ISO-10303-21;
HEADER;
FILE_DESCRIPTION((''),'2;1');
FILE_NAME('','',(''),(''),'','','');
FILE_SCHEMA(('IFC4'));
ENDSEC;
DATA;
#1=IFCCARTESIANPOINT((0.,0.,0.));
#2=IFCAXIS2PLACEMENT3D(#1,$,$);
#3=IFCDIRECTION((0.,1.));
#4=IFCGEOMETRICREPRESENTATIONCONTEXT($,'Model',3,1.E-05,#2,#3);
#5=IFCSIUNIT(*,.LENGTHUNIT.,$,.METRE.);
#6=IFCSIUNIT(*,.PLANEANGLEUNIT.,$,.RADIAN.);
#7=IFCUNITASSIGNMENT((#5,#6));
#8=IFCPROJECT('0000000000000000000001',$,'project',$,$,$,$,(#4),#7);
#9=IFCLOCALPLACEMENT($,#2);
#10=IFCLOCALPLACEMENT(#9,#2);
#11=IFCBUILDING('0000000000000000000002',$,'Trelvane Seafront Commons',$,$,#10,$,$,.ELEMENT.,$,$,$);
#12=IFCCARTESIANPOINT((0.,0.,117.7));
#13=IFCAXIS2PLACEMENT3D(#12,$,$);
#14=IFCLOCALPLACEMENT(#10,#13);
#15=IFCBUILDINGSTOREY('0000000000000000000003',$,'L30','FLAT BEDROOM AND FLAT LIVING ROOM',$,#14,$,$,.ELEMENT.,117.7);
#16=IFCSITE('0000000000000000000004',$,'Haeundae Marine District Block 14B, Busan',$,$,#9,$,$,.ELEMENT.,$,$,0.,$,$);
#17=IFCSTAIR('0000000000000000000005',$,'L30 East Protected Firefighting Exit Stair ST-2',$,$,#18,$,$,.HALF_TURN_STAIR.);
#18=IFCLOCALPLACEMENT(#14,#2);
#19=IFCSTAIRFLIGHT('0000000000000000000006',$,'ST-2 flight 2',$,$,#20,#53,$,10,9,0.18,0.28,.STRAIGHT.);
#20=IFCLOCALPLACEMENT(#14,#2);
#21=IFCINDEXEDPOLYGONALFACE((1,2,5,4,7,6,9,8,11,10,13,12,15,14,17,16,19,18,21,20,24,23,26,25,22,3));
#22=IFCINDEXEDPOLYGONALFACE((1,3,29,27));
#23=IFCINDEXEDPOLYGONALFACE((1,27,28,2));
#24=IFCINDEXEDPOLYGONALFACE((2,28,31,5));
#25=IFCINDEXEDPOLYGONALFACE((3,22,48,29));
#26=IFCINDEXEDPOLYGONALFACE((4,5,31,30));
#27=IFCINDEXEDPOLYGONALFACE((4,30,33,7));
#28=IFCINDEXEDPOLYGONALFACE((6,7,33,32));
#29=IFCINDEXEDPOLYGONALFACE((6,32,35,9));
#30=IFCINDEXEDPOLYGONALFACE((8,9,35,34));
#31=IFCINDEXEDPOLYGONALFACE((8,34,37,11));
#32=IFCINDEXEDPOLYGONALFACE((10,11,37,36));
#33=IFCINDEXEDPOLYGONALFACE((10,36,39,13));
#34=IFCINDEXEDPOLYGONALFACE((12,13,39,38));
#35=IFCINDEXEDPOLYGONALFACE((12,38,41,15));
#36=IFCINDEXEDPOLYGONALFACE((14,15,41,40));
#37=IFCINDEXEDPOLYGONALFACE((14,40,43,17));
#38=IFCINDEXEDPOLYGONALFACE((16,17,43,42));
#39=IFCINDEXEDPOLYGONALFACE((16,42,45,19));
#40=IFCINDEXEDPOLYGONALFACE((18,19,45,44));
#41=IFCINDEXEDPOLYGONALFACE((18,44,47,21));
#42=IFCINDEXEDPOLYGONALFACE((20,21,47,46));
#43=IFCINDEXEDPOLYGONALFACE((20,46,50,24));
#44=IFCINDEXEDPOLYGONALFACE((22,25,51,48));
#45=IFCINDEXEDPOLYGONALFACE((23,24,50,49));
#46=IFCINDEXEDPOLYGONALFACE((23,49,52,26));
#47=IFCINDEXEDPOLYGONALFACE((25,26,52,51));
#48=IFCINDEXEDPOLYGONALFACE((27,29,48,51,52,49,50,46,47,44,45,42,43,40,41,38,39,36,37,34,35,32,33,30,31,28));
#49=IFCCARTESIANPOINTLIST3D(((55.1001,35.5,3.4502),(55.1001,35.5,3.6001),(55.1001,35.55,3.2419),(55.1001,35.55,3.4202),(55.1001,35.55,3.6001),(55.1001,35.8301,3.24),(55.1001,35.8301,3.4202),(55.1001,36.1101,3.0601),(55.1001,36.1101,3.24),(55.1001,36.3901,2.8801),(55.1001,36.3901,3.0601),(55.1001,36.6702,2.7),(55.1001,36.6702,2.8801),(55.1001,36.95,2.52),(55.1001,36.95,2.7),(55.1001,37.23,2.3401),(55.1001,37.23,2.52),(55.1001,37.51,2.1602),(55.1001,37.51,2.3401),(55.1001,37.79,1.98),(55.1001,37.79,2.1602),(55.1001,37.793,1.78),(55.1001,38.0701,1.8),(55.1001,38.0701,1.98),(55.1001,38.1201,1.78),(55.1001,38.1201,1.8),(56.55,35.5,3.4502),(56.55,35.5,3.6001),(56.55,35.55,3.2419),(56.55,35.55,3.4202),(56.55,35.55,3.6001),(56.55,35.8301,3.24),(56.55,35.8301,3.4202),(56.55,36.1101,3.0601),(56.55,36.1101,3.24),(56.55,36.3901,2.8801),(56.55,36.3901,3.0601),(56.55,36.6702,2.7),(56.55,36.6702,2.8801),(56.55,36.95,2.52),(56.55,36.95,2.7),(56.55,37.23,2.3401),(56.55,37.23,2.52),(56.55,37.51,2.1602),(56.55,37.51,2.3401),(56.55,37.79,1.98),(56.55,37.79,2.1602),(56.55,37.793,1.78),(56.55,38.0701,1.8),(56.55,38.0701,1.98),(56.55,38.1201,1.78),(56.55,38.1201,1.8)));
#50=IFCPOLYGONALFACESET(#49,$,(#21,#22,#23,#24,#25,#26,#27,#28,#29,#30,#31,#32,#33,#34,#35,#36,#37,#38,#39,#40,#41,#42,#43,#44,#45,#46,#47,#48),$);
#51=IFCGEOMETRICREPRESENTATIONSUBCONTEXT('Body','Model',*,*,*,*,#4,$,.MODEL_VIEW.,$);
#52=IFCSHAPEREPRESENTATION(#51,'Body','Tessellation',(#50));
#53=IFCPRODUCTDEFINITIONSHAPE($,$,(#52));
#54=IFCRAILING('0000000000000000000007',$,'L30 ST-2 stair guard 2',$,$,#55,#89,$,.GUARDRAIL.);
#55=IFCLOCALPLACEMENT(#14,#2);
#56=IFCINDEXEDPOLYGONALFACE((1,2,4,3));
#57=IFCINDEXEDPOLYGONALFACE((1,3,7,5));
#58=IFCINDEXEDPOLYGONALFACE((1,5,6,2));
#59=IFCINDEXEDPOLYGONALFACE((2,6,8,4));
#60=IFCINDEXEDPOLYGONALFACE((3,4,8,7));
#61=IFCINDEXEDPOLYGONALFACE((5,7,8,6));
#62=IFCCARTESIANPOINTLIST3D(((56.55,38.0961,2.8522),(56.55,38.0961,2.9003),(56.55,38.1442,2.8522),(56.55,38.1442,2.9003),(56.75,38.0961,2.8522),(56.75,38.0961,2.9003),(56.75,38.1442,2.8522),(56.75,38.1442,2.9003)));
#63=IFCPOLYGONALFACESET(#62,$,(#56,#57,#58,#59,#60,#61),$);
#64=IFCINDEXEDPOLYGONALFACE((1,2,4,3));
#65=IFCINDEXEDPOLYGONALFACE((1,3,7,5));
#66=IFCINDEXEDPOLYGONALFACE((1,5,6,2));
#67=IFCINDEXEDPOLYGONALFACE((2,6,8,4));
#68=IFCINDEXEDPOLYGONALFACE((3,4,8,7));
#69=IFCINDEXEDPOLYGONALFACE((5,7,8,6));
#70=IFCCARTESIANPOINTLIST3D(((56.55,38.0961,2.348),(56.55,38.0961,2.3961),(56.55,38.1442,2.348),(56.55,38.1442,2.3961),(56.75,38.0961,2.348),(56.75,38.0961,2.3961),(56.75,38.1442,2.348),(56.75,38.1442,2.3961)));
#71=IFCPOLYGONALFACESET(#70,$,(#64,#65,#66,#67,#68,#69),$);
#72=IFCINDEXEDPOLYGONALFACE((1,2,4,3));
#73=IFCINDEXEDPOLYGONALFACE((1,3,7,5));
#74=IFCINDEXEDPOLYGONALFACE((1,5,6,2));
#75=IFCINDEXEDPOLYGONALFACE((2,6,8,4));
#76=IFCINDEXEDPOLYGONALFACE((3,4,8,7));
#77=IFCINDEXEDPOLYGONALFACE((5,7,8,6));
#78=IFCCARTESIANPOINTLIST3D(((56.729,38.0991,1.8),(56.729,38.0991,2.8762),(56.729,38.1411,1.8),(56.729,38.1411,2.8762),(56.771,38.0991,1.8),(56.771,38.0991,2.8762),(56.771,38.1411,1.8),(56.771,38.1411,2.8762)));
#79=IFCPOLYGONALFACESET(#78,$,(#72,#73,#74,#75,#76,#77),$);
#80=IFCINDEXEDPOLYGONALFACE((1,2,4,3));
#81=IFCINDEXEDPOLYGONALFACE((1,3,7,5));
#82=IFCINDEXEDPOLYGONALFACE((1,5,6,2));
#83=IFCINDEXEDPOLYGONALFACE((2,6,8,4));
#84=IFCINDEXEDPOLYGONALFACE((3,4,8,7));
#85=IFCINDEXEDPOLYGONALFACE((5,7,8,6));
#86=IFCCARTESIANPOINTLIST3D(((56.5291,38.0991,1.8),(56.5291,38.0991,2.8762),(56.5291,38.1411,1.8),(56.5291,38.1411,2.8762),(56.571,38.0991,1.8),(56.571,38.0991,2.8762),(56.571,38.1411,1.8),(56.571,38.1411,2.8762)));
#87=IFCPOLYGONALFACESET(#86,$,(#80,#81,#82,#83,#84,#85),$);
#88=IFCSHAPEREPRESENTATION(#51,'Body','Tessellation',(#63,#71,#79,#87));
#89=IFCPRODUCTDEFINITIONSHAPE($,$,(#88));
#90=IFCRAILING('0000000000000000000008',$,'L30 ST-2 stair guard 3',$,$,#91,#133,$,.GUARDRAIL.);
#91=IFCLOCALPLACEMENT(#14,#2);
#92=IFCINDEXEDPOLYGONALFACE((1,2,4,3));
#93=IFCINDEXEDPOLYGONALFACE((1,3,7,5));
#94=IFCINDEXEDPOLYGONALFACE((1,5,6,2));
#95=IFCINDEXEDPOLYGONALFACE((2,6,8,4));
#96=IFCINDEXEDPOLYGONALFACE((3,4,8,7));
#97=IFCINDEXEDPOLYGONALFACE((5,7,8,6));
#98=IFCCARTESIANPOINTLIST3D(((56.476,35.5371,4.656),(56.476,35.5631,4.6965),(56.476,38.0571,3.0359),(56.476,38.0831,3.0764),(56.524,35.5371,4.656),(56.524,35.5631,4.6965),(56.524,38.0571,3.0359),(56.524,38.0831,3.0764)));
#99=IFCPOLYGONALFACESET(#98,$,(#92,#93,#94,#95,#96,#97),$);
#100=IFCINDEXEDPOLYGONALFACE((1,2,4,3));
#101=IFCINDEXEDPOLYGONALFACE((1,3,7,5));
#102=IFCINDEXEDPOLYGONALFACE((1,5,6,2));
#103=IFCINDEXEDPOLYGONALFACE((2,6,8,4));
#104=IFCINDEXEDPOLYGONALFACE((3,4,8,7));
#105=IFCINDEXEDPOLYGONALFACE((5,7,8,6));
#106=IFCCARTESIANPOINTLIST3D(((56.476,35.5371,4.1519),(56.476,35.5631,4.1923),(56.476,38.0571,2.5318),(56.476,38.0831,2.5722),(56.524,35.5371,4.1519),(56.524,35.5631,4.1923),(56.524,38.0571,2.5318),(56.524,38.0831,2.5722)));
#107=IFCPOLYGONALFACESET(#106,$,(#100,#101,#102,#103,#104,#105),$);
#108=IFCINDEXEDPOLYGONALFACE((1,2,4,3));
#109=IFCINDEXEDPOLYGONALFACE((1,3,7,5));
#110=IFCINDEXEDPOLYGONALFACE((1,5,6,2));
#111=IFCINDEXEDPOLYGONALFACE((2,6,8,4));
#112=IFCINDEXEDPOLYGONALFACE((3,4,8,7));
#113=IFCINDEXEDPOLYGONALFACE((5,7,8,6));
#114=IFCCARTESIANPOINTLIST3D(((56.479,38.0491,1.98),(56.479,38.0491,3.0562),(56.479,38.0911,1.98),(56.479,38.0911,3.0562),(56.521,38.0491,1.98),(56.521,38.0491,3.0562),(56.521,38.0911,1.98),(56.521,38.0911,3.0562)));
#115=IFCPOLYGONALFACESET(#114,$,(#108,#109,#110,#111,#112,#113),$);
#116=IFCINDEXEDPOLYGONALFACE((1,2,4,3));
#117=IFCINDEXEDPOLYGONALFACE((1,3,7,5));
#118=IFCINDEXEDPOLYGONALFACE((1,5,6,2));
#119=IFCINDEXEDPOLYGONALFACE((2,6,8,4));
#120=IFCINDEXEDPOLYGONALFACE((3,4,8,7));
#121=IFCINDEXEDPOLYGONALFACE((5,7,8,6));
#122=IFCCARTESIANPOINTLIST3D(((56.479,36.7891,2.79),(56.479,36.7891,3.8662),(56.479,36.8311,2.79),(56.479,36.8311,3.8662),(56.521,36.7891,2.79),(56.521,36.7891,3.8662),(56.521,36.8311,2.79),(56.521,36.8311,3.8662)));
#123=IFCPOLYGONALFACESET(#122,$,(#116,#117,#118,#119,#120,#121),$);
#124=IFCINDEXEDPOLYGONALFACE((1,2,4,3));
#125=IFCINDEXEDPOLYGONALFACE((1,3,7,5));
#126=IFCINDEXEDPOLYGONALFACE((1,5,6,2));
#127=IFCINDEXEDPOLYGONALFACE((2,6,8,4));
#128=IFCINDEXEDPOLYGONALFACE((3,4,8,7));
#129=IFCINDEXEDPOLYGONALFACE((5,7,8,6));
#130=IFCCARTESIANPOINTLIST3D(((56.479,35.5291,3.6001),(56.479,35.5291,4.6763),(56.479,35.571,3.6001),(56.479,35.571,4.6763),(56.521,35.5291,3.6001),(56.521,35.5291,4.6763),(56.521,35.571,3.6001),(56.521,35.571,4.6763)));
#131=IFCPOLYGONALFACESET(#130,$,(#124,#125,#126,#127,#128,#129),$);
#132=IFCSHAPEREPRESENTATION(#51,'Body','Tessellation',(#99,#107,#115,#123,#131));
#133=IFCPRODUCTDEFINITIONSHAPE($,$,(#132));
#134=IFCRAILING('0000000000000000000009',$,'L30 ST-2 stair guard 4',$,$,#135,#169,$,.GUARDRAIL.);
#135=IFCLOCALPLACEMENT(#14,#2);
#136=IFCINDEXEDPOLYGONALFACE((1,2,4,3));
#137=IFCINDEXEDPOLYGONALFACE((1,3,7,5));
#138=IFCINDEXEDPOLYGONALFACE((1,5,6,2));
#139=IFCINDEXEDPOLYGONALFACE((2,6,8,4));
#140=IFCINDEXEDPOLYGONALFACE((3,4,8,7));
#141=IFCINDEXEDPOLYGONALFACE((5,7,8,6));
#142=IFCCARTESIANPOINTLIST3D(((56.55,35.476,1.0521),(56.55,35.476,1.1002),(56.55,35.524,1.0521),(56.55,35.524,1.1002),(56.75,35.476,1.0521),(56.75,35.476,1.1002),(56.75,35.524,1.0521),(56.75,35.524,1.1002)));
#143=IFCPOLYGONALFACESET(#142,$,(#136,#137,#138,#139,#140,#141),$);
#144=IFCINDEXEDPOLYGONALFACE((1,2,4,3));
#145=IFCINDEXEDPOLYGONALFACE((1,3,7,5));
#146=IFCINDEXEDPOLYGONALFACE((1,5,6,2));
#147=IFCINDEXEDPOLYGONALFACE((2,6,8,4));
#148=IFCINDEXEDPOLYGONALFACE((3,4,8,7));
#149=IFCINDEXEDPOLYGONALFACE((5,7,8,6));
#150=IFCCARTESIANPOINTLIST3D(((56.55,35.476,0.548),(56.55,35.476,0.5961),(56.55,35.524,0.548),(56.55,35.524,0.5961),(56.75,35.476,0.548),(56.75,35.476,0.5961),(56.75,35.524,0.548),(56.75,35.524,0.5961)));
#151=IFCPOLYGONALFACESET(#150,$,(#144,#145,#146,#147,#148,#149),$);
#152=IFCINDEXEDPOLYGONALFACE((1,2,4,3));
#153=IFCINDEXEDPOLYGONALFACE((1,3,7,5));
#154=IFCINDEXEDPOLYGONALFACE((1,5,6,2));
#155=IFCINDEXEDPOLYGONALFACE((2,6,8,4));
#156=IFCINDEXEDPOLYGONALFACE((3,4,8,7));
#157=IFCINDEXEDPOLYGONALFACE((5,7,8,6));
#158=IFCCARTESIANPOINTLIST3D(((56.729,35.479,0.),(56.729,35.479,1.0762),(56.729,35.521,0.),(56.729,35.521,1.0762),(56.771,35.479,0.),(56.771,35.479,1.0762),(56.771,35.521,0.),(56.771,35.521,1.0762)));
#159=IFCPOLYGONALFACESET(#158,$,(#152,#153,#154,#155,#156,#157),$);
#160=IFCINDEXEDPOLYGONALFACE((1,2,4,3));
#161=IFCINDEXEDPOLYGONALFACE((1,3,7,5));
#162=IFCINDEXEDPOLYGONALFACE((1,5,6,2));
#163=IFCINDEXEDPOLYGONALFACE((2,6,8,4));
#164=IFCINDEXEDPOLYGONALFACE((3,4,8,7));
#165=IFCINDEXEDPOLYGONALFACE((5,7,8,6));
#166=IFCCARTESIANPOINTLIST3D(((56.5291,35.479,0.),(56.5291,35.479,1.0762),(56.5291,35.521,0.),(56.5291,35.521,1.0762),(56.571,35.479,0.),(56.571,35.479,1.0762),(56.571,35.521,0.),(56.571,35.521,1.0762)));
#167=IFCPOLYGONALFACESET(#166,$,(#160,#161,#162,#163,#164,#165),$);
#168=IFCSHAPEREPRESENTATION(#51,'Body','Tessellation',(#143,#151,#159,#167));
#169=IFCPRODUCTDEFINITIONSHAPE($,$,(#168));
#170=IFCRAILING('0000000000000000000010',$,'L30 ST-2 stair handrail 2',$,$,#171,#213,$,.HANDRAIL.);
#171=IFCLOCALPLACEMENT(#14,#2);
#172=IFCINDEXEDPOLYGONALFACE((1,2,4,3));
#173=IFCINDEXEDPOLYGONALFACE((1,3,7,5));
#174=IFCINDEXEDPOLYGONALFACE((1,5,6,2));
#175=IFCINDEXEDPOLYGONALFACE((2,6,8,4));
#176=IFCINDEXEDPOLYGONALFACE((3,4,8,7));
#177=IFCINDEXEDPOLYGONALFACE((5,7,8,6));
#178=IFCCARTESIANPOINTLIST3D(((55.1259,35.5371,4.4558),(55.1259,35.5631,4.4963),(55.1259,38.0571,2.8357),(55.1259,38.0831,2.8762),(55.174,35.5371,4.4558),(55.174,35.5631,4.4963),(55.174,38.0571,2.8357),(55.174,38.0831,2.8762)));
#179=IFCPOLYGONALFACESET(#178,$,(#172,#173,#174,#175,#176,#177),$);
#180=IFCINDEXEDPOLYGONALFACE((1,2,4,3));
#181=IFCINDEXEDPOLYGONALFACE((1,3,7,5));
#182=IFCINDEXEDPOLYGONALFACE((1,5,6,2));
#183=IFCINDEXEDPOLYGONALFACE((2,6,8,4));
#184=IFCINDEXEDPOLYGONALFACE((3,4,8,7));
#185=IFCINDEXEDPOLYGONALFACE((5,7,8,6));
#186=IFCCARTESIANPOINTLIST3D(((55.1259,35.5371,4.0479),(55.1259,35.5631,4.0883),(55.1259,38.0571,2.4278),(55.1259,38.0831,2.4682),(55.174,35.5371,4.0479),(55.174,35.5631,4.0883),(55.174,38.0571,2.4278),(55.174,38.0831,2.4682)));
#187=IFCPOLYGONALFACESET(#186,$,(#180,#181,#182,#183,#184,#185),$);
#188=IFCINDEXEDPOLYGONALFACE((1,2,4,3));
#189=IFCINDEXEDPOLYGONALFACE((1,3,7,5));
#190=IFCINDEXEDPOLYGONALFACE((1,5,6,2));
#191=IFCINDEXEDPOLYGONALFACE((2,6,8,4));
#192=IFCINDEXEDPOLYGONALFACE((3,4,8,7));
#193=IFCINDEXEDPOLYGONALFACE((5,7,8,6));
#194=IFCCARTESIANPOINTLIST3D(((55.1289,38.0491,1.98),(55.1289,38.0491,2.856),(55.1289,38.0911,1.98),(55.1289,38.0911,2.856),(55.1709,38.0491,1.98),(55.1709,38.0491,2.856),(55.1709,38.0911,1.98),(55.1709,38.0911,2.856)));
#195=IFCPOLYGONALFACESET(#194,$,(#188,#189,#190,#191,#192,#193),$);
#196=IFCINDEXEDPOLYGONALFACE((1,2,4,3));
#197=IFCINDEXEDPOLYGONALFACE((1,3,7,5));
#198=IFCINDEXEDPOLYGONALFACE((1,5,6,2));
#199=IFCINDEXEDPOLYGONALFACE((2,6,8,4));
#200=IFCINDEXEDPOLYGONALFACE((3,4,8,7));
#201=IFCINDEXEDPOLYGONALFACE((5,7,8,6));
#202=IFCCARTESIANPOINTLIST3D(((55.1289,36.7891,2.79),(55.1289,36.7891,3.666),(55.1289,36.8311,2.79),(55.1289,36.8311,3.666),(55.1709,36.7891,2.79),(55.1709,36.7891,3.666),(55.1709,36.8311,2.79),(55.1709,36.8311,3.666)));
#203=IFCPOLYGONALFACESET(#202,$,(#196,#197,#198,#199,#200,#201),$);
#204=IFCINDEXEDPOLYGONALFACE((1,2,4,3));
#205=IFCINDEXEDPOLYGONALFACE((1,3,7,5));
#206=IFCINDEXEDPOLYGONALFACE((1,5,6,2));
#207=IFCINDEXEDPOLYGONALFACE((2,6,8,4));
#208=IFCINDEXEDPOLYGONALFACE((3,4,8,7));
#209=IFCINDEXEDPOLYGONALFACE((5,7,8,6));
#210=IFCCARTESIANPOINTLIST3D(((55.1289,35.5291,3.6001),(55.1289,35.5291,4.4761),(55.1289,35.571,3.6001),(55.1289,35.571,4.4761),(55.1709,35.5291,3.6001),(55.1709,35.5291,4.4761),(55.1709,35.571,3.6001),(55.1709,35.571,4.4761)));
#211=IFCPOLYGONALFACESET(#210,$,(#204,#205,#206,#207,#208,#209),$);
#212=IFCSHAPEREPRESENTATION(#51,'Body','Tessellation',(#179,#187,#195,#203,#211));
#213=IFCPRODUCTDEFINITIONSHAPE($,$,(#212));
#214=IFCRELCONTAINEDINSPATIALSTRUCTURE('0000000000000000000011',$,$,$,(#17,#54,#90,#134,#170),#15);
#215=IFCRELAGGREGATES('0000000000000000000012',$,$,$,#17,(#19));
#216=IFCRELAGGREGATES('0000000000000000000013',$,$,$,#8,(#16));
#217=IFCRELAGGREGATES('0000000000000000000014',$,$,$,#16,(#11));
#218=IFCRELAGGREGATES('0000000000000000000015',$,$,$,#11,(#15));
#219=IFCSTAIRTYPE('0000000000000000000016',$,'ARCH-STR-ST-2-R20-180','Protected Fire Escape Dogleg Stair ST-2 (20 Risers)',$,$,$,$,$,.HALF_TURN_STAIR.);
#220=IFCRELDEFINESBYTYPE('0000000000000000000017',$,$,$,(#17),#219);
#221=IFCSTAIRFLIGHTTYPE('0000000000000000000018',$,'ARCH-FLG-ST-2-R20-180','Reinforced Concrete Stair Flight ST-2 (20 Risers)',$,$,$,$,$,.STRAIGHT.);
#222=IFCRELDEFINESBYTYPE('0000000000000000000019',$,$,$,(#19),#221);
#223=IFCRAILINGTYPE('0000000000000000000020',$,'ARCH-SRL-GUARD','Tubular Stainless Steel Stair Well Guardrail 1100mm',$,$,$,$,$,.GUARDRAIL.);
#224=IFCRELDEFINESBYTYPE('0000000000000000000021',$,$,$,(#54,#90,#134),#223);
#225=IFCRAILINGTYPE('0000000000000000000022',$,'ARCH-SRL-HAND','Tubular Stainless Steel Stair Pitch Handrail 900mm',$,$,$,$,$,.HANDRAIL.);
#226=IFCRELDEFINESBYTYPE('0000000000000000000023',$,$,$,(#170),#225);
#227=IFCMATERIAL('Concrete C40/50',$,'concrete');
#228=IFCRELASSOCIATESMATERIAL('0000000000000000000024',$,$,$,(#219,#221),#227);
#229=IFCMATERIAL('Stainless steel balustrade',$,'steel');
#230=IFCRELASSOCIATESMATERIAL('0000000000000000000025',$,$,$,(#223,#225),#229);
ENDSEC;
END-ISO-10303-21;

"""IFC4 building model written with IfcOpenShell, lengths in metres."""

from ifc_helpers import new_model, si_unit, direction, frame, origin, origin_2d, place, context, subcontext, project, spatial, polyline, rectangle, outline, extrude, source, transform, mapped, material, type_object, element, aggregate, save


model = new_model("IFC4")

# Units and contexts
model_context = context("Model", 3, precision=1e-05, world=origin(), true_north=direction((0.0, 1.0)))
body_context = subcontext(model_context, "Body", "Model", "MODEL_VIEW")
ifc_project = project(units=[si_unit("LENGTHUNIT", "METRE"), si_unit("PLANEANGLEUNIT", "RADIAN")], contexts=[model_context])

# Site, building, storey
site_placement = place(None, origin())
site = spatial("IfcSite", under=ifc_project, at=site_placement, Name="Haeundae Marine District Block 14B, Busan", CompositionType="ELEMENT", RefElevation=0.0)
building_placement = place(site_placement, origin())
building = spatial("IfcBuilding", under=site, at=building_placement, Name="Trelvane Seafront Commons", CompositionType="ELEMENT")
storey_placement = place(building_placement, frame((0.0, 0.0, 117.7)))
storey = spatial("IfcBuildingStorey", under=building, at=storey_placement, Name="L30", Description="FLAT BEDROOM AND FLAT LIVING ROOM", CompositionType="ELEMENT", Elevation=117.7)

# Shared definitions
ifc_material_1 = material(Name="Concrete C40/50", Category="concrete")

# Stair, stair flight
stair_type = type_object("IfcStairType", Name="ARCH-STR-ST-2-R20-180", Description="Protected Fire Escape Dogleg Stair ST-2 (20 Risers)", PredefinedType="HALF_TURN_STAIR", material=ifc_material_1)
stair_placement = place(storey_placement, origin())
stair = element("IfcStair", 1, at=stair_placement, inside=storey, type_object=stair_type, Name="L30 East Protected Firefighting Exit Stair ST-2", PredefinedType="HALF_TURN_STAIR")
stair_flight_type = type_object("IfcStairFlightType", Name="ARCH-FLG-ST-2-R20-180", Description="Reinforced Concrete Stair Flight ST-2 (20 Risers)", PredefinedType="STRAIGHT", material=ifc_material_1)
shared_shape_1 = source(origin(), body_context, "Body", "SweptSolid", [
    extrude(outline(polyline([(-0.05, -0.02), (-0.05, 0.0), (0.0, 0.0), (0.0, 0.1799), (0.28, 0.1799), (0.28, 0.3601), (0.5601, 0.3601), (0.5601, 0.54), (0.8401, 0.54), (0.8401, 0.72), (1.1201, 0.72), (1.1201, 0.8999), (1.3999, 0.8999), (1.3999, 1.0801), (1.6799, 1.0801), (1.6799, 1.26), (1.96, 1.26), (1.96, 1.4399), (2.24, 1.4399), (2.24, 1.6201), (2.52, 1.6201), (2.52, 1.8), (2.5701, 1.8), (2.5701, 1.6501), (2.52, 1.4419), (0.2771, -0.02), (-0.05, -0.02)])), frame((0.0, 0.7251, 0.0), z_axis=(0.0, -1.0, 0.0), x_axis=(1.0, 0.0, 0.0)), (0.0, 0.0, 1.0), 1.45),
])
stair_flight_placement = place(storey_placement, frame((55.825, 38.0701, 1.8), z_axis=(0.0, 0.0, 1.0), x_axis=(0.0, -1.0, 0.0)))
stair_flight = element("IfcStairFlight", 2, at=stair_flight_placement, type_object=stair_flight_type, Name="ST-2 flight 2", NumberOfRisers=10, NumberOfTreads=9, PredefinedType="STRAIGHT", RiserHeight=0.18, TreadLength=0.28, context=body_context, shape_type="MappedRepresentation", body=[
    mapped(shared_shape_1, transform((0.0, 0.0, 0.0), x_axis=(1.0, 0.0, 0.0), y_axis=(0.0, 1.0, 0.0), z_axis=(0.0, 0.0, 1.0), scale=1.0)),
])
aggregate(stair, [stair_flight])

# Railings
ifc_material_2 = material(Name="Stainless steel balustrade", Category="steel")
railing_type_1 = type_object("IfcRailingType", Name="ARCH-SRL-GUARD", Description="Tubular Stainless Steel Stair Well Guardrail 1100mm", PredefinedType="GUARDRAIL", material=ifc_material_2)
railing_1_placement = place(storey_placement, frame((56.75, 38.1201, 1.8)))
element("IfcRailing", 3, at=railing_1_placement, inside=storey, type_object=railing_type_1, Name="L30 ST-2 stair guard 2", PredefinedType="GUARDRAIL", context=body_context, shape_type="SweptSolid", body=[
    extrude(rectangle(XDim=0.0481, YDim=0.0481, at=origin_2d()), frame((0.0, 0.0, 1.0762), z_axis=(-1.0, 0.0, 0.0), x_axis=(0.0, -1.0, 0.0)), (0.0, 0.0, 1.0), 0.2),
    extrude(rectangle(XDim=0.0481, YDim=0.0481, at=origin_2d()), frame((0.0, 0.0, 0.572), z_axis=(-1.0, 0.0, 0.0), x_axis=(0.0, -1.0, 0.0)), (0.0, 0.0, 1.0), 0.2),
    extrude(rectangle(XDim=0.042, YDim=0.042, at=origin_2d()), origin(), (0.0, 0.0, 1.0), 1.0762),
    extrude(rectangle(XDim=0.042, YDim=0.042, at=origin_2d()), frame((-0.2, 0.0, 0.0)), (0.0, 0.0, 1.0), 1.0762),
])
railing_2_placement = place(storey_placement, frame((56.5, 38.0701, 1.98)))
element("IfcRailing", 4, at=railing_2_placement, inside=storey, type_object=railing_type_1, Name="L30 ST-2 stair guard 3", PredefinedType="GUARDRAIL", context=body_context, shape_type="SweptSolid", body=[
    extrude(rectangle(XDim=0.0481, YDim=0.0481, at=origin_2d()), frame((0.0, 0.0, 1.0762), z_axis=(0.0, -0.841163, 0.540782), x_axis=(1.0, 0.0, 0.0)), (0.0, 0.0, 1.0), 2.9958),
    extrude(rectangle(XDim=0.0481, YDim=0.0481, at=origin_2d()), frame((0.0, 0.0, 0.572), z_axis=(0.0, -0.841163, 0.540782), x_axis=(1.0, 0.0, 0.0)), (0.0, 0.0, 1.0), 2.9958),
    extrude(rectangle(XDim=0.042, YDim=0.042, at=origin_2d()), origin(), (0.0, 0.0, 1.0), 1.0762),
    extrude(rectangle(XDim=0.042, YDim=0.042, at=origin_2d()), frame((0.0, -1.26, 0.8101)), (0.0, 0.0, 1.0), 1.0762),
    extrude(rectangle(XDim=0.042, YDim=0.042, at=origin_2d()), frame((0.0, -2.52, 1.6201)), (0.0, 0.0, 1.0), 1.0762),
])
railing_3_placement = place(storey_placement, frame((56.75, 35.5, 0.0)))
element("IfcRailing", 5, at=railing_3_placement, inside=storey, type_object=railing_type_1, Name="L30 ST-2 stair guard 4", PredefinedType="GUARDRAIL", context=body_context, shape_type="SweptSolid", body=[
    extrude(rectangle(XDim=0.0481, YDim=0.0481, at=origin_2d()), frame((0.0, 0.0, 1.0762), z_axis=(-1.0, 0.0, 0.0), x_axis=(0.0, -1.0, 0.0)), (0.0, 0.0, 1.0), 0.2),
    extrude(rectangle(XDim=0.0481, YDim=0.0481, at=origin_2d()), frame((0.0, 0.0, 0.572), z_axis=(-1.0, 0.0, 0.0), x_axis=(0.0, -1.0, 0.0)), (0.0, 0.0, 1.0), 0.2),
    extrude(rectangle(XDim=0.042, YDim=0.042, at=origin_2d()), origin(), (0.0, 0.0, 1.0), 1.0762),
    extrude(rectangle(XDim=0.042, YDim=0.042, at=origin_2d()), frame((-0.2, 0.0, 0.0)), (0.0, 0.0, 1.0), 1.0762),
])
railing_type_2 = type_object("IfcRailingType", Name="ARCH-SRL-HAND", Description="Tubular Stainless Steel Stair Pitch Handrail 900mm", PredefinedType="HANDRAIL", material=ifc_material_2)
railing_4_placement = place(storey_placement, frame((55.1499, 38.0701, 1.98)))
element("IfcRailing", 6, at=railing_4_placement, inside=storey, type_object=railing_type_2, Name="L30 ST-2 stair handrail 2", PredefinedType="HANDRAIL", context=body_context, shape_type="SweptSolid", body=[
    extrude(rectangle(XDim=0.0481, YDim=0.0481, at=origin_2d()), frame((0.0, 0.0, 0.876), z_axis=(0.0, -0.841163, 0.540782), x_axis=(1.0, 0.0, 0.0)), (0.0, 0.0, 1.0), 2.9958),
    extrude(rectangle(XDim=0.0481, YDim=0.0481, at=origin_2d()), frame((0.0, 0.0, 0.468), z_axis=(0.0, -0.841163, 0.540782), x_axis=(1.0, 0.0, 0.0)), (0.0, 0.0, 1.0), 2.9958),
    extrude(rectangle(XDim=0.042, YDim=0.042, at=origin_2d()), origin(), (0.0, 0.0, 1.0), 0.876),
    extrude(rectangle(XDim=0.042, YDim=0.042, at=origin_2d()), frame((0.0, -1.26, 0.8101)), (0.0, 0.0, 1.0), 0.876),
    extrude(rectangle(XDim=0.042, YDim=0.042, at=origin_2d()), frame((0.0, -2.52, 1.6201)), (0.0, 0.0, 1.0), 0.876),
])

save(model, "model.ifc")
